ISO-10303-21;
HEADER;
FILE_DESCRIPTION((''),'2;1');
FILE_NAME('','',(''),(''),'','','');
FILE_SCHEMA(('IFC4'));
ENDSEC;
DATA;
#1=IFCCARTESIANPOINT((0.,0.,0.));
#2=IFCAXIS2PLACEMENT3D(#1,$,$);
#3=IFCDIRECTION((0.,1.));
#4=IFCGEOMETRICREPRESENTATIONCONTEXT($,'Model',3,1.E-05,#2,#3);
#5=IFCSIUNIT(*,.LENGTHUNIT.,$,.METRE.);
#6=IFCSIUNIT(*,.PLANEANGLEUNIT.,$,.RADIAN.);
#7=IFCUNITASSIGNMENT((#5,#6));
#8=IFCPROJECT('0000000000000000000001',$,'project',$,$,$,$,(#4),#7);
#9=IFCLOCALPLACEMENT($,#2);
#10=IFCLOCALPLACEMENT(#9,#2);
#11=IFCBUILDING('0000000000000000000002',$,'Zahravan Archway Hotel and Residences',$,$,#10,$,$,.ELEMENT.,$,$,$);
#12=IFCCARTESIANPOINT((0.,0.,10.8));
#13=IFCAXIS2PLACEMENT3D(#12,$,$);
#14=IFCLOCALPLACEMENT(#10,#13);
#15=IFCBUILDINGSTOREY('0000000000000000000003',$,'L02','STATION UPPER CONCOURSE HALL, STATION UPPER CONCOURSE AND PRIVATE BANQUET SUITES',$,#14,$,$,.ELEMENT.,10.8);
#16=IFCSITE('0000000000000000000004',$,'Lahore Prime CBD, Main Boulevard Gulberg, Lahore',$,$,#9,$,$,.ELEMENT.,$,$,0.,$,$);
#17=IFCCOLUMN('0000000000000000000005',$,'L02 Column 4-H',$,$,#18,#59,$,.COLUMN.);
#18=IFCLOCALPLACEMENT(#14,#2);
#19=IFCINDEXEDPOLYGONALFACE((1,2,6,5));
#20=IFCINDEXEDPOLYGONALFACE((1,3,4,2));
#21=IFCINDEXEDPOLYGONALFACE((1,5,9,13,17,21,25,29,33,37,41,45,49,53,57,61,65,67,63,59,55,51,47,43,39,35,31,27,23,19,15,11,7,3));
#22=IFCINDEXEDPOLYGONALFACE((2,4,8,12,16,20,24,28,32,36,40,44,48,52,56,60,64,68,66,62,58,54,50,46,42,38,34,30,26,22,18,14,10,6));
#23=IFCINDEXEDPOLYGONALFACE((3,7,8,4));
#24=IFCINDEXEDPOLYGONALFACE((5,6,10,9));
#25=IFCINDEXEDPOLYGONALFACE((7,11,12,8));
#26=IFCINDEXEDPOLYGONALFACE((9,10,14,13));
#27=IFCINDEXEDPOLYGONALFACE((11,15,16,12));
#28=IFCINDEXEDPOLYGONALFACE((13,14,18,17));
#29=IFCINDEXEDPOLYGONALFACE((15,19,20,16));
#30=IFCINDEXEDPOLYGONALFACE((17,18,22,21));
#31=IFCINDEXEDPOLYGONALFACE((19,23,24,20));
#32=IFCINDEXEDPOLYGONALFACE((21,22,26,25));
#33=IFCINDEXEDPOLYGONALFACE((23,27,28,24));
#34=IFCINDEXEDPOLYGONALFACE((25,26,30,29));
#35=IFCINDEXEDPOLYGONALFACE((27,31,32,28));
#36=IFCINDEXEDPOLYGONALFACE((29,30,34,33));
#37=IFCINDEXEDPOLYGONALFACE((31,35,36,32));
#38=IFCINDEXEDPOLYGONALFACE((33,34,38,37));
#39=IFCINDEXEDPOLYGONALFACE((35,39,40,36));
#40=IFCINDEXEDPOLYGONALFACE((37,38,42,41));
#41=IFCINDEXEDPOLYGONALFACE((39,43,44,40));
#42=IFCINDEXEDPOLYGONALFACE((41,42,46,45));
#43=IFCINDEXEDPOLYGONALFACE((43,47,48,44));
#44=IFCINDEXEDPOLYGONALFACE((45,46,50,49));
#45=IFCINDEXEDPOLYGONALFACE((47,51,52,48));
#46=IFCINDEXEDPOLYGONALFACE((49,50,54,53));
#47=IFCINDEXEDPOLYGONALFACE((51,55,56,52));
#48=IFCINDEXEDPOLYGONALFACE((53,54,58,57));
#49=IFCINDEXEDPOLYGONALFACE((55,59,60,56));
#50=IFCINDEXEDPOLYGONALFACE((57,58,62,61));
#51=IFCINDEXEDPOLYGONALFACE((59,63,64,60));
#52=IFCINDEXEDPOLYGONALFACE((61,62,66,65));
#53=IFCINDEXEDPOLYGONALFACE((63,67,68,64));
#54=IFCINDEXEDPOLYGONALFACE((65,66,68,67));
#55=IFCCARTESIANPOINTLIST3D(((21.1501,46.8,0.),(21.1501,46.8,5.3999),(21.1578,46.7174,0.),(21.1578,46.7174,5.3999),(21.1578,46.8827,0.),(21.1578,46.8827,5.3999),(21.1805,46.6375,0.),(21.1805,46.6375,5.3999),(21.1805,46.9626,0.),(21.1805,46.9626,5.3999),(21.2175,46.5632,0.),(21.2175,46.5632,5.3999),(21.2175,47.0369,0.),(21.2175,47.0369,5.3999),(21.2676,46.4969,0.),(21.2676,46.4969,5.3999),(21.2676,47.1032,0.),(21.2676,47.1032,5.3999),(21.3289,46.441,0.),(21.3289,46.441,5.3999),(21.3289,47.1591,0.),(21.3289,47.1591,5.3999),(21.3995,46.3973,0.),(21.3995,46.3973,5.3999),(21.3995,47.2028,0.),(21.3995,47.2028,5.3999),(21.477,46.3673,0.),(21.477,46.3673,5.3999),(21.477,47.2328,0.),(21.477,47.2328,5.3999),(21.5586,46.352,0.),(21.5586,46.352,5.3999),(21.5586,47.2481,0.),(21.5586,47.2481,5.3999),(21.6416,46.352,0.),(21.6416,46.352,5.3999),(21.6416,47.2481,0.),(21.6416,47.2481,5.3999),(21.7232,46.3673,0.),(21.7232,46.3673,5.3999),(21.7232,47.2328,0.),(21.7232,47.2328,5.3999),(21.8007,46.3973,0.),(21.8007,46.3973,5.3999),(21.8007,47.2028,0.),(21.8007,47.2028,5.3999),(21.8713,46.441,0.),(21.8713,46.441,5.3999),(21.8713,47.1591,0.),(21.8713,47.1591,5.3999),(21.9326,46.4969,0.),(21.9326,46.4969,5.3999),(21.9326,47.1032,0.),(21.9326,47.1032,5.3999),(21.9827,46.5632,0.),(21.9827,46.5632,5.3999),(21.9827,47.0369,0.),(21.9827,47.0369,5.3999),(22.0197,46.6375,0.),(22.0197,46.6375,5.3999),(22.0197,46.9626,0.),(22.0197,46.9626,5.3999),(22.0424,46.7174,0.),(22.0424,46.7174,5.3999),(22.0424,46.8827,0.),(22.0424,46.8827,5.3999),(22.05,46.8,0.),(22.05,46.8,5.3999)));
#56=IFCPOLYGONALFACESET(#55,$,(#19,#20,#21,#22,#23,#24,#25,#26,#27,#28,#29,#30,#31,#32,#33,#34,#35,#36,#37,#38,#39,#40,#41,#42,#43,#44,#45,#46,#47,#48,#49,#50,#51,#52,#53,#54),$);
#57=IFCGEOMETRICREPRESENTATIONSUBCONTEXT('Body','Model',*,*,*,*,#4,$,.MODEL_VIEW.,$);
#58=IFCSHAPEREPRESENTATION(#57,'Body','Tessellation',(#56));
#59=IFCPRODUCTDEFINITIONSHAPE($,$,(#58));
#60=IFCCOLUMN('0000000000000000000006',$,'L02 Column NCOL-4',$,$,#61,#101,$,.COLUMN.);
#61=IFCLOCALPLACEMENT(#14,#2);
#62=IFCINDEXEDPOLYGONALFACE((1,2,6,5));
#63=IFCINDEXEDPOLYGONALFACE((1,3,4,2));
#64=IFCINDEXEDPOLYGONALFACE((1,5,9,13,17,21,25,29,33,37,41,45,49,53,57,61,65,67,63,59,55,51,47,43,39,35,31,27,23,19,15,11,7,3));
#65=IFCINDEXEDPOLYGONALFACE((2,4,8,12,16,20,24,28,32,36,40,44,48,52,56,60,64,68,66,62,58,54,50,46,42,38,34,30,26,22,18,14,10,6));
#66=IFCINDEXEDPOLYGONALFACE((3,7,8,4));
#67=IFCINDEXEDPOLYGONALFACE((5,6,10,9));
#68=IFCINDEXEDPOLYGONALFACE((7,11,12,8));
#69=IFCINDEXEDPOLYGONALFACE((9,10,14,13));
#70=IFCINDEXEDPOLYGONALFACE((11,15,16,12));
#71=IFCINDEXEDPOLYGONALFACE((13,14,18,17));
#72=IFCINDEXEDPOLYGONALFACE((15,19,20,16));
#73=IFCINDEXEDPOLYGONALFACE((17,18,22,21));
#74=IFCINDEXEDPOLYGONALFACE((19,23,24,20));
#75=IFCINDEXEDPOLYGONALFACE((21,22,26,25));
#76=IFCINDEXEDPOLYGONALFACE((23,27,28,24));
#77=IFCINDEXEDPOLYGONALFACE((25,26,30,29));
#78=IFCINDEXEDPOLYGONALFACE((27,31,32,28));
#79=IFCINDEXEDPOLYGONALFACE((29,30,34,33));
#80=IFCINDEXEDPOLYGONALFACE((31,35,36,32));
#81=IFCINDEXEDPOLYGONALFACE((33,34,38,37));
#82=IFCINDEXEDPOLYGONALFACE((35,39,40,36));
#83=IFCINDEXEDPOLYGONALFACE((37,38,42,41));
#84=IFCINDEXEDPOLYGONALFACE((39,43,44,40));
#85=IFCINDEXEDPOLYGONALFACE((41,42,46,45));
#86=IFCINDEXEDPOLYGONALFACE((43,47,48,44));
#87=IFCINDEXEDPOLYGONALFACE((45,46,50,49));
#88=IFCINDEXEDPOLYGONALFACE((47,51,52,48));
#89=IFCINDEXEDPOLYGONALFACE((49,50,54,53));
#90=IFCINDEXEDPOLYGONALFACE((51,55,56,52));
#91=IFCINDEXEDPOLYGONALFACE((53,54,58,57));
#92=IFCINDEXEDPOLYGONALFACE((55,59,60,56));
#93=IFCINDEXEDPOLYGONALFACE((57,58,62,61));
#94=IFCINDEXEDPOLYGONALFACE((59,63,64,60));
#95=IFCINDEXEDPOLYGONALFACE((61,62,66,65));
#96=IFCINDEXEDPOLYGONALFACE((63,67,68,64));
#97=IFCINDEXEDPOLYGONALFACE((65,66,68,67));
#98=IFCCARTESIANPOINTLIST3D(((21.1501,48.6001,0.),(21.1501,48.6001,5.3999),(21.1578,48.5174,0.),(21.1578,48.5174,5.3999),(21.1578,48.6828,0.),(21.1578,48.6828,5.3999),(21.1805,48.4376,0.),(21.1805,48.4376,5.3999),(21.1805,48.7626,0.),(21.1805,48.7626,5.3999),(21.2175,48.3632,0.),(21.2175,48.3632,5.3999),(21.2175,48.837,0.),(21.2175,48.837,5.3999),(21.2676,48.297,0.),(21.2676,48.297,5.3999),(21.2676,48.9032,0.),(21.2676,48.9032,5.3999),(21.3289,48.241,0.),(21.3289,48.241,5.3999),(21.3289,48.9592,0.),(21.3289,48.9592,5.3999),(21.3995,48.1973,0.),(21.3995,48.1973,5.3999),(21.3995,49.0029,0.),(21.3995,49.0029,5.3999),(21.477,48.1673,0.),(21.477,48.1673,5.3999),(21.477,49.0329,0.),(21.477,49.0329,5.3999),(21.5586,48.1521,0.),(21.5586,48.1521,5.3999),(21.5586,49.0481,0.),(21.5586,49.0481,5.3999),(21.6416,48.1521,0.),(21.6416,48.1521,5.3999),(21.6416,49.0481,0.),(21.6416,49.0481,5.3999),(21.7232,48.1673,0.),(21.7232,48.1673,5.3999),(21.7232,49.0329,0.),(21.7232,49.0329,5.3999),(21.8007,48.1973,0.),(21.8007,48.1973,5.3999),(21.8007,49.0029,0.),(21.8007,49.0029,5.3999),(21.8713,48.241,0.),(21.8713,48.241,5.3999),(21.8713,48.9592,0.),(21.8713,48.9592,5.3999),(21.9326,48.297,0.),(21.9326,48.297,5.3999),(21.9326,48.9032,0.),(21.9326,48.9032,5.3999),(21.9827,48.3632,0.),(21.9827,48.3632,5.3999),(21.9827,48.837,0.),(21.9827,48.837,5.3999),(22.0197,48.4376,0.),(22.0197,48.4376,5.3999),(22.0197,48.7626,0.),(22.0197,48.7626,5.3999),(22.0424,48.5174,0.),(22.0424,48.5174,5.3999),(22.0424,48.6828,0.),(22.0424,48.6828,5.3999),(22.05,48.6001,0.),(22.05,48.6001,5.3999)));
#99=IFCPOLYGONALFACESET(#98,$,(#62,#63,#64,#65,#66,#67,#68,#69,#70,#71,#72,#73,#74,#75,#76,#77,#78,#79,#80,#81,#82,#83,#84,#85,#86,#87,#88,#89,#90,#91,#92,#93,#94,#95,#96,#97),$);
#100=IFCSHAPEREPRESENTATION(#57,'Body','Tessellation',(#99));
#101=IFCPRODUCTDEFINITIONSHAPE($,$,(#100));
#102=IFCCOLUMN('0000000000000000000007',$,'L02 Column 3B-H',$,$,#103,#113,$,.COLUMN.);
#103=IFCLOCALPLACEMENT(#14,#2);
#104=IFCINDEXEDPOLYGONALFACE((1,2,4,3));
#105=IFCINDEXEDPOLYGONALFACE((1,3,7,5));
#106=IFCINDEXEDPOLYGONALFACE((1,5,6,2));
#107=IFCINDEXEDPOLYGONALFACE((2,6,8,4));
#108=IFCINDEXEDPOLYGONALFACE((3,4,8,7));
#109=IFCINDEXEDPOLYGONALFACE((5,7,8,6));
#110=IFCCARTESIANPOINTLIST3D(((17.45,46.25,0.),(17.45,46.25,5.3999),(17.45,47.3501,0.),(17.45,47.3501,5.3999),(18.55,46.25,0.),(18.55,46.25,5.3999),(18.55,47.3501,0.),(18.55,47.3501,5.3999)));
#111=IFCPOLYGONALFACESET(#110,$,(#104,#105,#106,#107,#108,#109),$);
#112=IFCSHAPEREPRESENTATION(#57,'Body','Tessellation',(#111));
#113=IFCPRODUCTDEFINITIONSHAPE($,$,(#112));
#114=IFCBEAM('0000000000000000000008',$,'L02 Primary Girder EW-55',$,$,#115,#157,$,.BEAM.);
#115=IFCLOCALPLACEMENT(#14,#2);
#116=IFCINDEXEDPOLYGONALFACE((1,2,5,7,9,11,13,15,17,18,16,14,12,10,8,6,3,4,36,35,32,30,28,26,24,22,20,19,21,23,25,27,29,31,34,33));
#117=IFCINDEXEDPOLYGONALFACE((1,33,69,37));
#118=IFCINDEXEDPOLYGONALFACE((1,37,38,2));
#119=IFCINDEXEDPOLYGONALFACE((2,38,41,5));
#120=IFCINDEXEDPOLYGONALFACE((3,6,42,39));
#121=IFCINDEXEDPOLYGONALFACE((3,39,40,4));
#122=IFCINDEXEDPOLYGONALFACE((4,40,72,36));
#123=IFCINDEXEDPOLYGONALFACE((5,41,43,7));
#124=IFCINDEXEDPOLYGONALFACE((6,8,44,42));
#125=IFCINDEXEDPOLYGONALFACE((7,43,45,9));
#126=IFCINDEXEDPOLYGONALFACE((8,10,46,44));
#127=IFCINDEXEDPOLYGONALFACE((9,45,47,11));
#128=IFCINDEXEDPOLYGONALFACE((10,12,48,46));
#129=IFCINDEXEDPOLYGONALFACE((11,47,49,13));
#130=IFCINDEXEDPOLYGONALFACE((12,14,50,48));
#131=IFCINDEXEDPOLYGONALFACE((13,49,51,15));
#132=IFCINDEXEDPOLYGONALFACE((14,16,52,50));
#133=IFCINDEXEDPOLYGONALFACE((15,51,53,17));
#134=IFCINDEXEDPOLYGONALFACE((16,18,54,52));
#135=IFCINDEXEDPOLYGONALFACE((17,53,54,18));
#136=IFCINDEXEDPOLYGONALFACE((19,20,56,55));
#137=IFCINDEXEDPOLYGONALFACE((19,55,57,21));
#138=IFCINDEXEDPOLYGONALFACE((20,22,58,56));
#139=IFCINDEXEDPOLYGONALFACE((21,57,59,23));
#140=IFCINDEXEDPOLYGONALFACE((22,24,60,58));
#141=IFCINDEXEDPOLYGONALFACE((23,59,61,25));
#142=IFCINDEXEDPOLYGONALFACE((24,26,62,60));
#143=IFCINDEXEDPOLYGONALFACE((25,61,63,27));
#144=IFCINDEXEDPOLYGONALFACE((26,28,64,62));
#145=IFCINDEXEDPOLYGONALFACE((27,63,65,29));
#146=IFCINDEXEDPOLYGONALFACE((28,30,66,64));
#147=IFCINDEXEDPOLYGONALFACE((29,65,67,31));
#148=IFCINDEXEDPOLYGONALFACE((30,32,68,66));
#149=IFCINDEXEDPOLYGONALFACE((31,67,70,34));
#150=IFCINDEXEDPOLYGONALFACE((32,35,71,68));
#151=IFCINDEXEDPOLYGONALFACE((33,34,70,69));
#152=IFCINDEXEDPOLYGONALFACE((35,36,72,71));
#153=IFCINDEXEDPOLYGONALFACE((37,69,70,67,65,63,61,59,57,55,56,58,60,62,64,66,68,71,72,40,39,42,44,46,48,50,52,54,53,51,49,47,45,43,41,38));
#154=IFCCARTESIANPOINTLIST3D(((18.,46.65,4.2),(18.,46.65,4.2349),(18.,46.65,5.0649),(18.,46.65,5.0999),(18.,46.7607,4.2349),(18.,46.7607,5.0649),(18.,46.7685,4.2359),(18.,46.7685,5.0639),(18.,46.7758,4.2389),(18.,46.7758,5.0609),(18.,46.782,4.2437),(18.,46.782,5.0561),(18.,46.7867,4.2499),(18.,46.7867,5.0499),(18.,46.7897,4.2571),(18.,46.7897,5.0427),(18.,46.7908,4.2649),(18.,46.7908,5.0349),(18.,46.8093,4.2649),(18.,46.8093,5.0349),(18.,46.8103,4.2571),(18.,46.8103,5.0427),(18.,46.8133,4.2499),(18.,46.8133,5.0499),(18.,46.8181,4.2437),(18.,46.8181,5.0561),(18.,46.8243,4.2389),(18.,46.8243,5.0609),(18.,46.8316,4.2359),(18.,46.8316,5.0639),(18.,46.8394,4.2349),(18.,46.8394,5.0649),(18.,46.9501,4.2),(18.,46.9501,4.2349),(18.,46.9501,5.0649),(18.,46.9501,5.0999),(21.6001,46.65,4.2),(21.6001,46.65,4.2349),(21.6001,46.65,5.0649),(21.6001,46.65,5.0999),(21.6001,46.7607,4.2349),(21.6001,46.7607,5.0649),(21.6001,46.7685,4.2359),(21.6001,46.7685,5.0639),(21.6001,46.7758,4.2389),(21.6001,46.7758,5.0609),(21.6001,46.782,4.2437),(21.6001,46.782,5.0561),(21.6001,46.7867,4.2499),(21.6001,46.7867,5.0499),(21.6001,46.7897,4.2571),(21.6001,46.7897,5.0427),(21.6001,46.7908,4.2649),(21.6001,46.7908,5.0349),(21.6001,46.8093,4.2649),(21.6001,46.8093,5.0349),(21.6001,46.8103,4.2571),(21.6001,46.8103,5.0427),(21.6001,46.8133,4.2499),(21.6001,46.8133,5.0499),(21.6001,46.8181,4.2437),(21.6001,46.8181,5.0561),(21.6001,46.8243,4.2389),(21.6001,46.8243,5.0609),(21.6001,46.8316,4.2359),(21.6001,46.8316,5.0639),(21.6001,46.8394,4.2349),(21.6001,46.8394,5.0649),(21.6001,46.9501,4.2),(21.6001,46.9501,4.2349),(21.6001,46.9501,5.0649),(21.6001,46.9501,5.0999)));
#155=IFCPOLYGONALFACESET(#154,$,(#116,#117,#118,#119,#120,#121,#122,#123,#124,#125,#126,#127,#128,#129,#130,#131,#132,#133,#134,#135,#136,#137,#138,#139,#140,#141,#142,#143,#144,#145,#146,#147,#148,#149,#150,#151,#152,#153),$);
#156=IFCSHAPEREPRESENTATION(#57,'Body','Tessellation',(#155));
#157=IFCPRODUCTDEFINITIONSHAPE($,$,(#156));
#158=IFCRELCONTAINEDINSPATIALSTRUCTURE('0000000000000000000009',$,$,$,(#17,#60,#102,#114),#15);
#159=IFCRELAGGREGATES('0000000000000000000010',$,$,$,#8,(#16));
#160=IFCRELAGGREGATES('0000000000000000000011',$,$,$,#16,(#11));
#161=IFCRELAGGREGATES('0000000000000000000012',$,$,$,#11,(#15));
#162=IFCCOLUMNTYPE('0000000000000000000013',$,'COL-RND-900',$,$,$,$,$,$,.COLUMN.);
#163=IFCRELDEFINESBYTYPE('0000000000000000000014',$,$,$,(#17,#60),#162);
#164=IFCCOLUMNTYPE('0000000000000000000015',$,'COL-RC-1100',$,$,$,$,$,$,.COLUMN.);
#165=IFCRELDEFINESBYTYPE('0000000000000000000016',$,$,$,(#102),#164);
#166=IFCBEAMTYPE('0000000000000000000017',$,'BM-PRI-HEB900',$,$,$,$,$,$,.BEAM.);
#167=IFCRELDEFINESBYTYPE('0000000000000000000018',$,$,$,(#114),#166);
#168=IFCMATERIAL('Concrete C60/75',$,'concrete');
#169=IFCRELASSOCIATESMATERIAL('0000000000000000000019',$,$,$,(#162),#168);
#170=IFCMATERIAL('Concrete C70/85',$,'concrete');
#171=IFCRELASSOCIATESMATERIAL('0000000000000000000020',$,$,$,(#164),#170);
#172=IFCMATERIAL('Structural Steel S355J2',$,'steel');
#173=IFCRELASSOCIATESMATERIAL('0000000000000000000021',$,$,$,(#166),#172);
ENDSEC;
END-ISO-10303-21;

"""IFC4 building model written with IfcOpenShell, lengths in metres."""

from ifc_helpers import new_model, si_unit, direction, frame, origin, origin_2d, place, context, subcontext, project, spatial, rectangle, circle, i_section, extrude, source, transform, mapped, material, material_profile, profile_set, type_object, type_shapes, element, save


model = new_model("IFC4")

# Units and contexts
model_context = context("Model", 3, precision=1e-05, world=origin(), true_north=direction((0.0, 1.0)))
body_context = subcontext(model_context, "Body", "Model", "MODEL_VIEW")
ifc_project = project(units=[si_unit("LENGTHUNIT", "METRE"), si_unit("PLANEANGLEUNIT", "RADIAN")], contexts=[model_context])

# Site, building, storey
site_placement = place(None, origin())
site = spatial("IfcSite", under=ifc_project, at=site_placement, Name="Lahore Prime CBD, Main Boulevard Gulberg, Lahore", CompositionType="ELEMENT", RefElevation=0.0)
building_placement = place(site_placement, origin())
building = spatial("IfcBuilding", under=site, at=building_placement, Name="Zahravan Archway Hotel and Residences", CompositionType="ELEMENT")
storey_placement = place(building_placement, frame((0.0, 0.0, 10.8)))
storey = spatial("IfcBuildingStorey", under=building, at=storey_placement, Name="L02", Description="STATION UPPER CONCOURSE HALL, STATION UPPER CONCOURSE AND PRIVATE BANQUET SUITES", CompositionType="ELEMENT", Elevation=10.8)

# Columns
ifc_material_1 = material(Name="Concrete C60/75", Category="concrete")
ifc_material_profile_1 = material_profile(ifc_material_1, circle(Radius=0.45, at=origin_2d()), Name="RC-CIRC-900", Category="concrete")
ifc_profile_set_1 = profile_set([ifc_material_profile_1], Name="Concrete C60/75")
column_type_1 = type_object("IfcColumnType", Name="COL-RND-900", PredefinedType="COLUMN", material=ifc_profile_set_1)
shared_shape_1 = source(origin(), body_context, "Body", "SweptSolid", [
    extrude(circle(Radius=0.45, at=origin_2d()), origin(), (0.0, 0.0, 1.0), 5.3999),
])
type_shapes(column_type_1, [shared_shape_1])
for number, where, z_axis, x_axis, name in (
    (1, (21.6001, 46.8, 0.0), (0.0, 0.0, 1.0), (1.0, 0.0, 0.0), "L02 Column 4-H"),
    (2, (21.6001, 48.6001, 0.0), (0.0, 0.0, 1.0), (1.0, 0.0, 0.0), "L02 Column NCOL-4"),
):
    element("IfcColumn", number, at=place(storey_placement, frame(where, z_axis=z_axis, x_axis=x_axis)), inside=storey, type_object=column_type_1, Name=name, PredefinedType="COLUMN", context=body_context, shape_type="MappedRepresentation", body=[
        mapped(shared_shape_1, transform((0.0, 0.0, 0.0), scale=1.0)),
    ])
ifc_material_2 = material(Name="Concrete C70/85", Category="concrete")
ifc_material_profile_2 = material_profile(ifc_material_2, rectangle(XDim=1.1001, YDim=1.1001, at=origin_2d()), Name="RC 1100x1100", Category="concrete")
ifc_profile_set_2 = profile_set([ifc_material_profile_2], Name="Concrete C70/85")
column_type_2 = type_object("IfcColumnType", Name="COL-RC-1100", PredefinedType="COLUMN", material=ifc_profile_set_2)
shared_shape_2 = source(origin(), body_context, "Body", "SweptSolid", [
    extrude(rectangle(XDim=1.1001, YDim=1.1001, at=origin_2d()), origin(), (0.0, 0.0, 1.0), 5.3999),
])
column_placement = place(storey_placement, frame((18.0, 46.8, 0.0), z_axis=(0.0, 0.0, 1.0), x_axis=(1.0, 0.0, 0.0)))
element("IfcColumn", 3, at=column_placement, inside=storey, type_object=column_type_2, Name="L02 Column 3B-H", PredefinedType="COLUMN", context=body_context, shape_type="MappedRepresentation", body=[
    mapped(shared_shape_2, transform((0.0, 0.0, 0.0), scale=1.0)),
])

# Beam
ifc_material_3 = material(Name="Structural Steel S355J2", Category="steel")
ifc_material_profile_3 = material_profile(ifc_material_3, i_section(OverallWidth=0.3, OverallDepth=0.8999, WebThickness=0.0186, FlangeThickness=0.0349, FilletRadius=0.03, at=origin_2d()), Name="HEB 900", Category="steel")
ifc_profile_set_3 = profile_set([ifc_material_profile_3], Name="Structural Steel S355J2")
beam_type_1 = type_object("IfcBeamType", Name="BM-PRI-HEB900", PredefinedType="BEAM", material=ifc_profile_set_3)
shared_shape_3 = source(origin(), body_context, "Body", "SweptSolid", [
    extrude(i_section(OverallWidth=0.3, OverallDepth=0.8999, WebThickness=0.0186, FlangeThickness=0.0349, FilletRadius=0.03, at=origin_2d()), origin(), (0.0, 0.0, 1.0), 3.6001),
])
beam_1_placement = place(storey_placement, frame((18.0, 46.8, 4.6499), z_axis=(1.0, 0.0, 0.0), x_axis=(0.0, 1.0, 0.0)))
element("IfcBeam", 4, at=beam_1_placement, inside=storey, type_object=beam_type_1, Name="L02 Primary Girder EW-55", PredefinedType="BEAM", context=body_context, shape_type="MappedRepresentation", body=[
    mapped(shared_shape_3, transform((0.0, 0.0, 0.0), scale=1.0)),
])

save(model, "model.ifc")
